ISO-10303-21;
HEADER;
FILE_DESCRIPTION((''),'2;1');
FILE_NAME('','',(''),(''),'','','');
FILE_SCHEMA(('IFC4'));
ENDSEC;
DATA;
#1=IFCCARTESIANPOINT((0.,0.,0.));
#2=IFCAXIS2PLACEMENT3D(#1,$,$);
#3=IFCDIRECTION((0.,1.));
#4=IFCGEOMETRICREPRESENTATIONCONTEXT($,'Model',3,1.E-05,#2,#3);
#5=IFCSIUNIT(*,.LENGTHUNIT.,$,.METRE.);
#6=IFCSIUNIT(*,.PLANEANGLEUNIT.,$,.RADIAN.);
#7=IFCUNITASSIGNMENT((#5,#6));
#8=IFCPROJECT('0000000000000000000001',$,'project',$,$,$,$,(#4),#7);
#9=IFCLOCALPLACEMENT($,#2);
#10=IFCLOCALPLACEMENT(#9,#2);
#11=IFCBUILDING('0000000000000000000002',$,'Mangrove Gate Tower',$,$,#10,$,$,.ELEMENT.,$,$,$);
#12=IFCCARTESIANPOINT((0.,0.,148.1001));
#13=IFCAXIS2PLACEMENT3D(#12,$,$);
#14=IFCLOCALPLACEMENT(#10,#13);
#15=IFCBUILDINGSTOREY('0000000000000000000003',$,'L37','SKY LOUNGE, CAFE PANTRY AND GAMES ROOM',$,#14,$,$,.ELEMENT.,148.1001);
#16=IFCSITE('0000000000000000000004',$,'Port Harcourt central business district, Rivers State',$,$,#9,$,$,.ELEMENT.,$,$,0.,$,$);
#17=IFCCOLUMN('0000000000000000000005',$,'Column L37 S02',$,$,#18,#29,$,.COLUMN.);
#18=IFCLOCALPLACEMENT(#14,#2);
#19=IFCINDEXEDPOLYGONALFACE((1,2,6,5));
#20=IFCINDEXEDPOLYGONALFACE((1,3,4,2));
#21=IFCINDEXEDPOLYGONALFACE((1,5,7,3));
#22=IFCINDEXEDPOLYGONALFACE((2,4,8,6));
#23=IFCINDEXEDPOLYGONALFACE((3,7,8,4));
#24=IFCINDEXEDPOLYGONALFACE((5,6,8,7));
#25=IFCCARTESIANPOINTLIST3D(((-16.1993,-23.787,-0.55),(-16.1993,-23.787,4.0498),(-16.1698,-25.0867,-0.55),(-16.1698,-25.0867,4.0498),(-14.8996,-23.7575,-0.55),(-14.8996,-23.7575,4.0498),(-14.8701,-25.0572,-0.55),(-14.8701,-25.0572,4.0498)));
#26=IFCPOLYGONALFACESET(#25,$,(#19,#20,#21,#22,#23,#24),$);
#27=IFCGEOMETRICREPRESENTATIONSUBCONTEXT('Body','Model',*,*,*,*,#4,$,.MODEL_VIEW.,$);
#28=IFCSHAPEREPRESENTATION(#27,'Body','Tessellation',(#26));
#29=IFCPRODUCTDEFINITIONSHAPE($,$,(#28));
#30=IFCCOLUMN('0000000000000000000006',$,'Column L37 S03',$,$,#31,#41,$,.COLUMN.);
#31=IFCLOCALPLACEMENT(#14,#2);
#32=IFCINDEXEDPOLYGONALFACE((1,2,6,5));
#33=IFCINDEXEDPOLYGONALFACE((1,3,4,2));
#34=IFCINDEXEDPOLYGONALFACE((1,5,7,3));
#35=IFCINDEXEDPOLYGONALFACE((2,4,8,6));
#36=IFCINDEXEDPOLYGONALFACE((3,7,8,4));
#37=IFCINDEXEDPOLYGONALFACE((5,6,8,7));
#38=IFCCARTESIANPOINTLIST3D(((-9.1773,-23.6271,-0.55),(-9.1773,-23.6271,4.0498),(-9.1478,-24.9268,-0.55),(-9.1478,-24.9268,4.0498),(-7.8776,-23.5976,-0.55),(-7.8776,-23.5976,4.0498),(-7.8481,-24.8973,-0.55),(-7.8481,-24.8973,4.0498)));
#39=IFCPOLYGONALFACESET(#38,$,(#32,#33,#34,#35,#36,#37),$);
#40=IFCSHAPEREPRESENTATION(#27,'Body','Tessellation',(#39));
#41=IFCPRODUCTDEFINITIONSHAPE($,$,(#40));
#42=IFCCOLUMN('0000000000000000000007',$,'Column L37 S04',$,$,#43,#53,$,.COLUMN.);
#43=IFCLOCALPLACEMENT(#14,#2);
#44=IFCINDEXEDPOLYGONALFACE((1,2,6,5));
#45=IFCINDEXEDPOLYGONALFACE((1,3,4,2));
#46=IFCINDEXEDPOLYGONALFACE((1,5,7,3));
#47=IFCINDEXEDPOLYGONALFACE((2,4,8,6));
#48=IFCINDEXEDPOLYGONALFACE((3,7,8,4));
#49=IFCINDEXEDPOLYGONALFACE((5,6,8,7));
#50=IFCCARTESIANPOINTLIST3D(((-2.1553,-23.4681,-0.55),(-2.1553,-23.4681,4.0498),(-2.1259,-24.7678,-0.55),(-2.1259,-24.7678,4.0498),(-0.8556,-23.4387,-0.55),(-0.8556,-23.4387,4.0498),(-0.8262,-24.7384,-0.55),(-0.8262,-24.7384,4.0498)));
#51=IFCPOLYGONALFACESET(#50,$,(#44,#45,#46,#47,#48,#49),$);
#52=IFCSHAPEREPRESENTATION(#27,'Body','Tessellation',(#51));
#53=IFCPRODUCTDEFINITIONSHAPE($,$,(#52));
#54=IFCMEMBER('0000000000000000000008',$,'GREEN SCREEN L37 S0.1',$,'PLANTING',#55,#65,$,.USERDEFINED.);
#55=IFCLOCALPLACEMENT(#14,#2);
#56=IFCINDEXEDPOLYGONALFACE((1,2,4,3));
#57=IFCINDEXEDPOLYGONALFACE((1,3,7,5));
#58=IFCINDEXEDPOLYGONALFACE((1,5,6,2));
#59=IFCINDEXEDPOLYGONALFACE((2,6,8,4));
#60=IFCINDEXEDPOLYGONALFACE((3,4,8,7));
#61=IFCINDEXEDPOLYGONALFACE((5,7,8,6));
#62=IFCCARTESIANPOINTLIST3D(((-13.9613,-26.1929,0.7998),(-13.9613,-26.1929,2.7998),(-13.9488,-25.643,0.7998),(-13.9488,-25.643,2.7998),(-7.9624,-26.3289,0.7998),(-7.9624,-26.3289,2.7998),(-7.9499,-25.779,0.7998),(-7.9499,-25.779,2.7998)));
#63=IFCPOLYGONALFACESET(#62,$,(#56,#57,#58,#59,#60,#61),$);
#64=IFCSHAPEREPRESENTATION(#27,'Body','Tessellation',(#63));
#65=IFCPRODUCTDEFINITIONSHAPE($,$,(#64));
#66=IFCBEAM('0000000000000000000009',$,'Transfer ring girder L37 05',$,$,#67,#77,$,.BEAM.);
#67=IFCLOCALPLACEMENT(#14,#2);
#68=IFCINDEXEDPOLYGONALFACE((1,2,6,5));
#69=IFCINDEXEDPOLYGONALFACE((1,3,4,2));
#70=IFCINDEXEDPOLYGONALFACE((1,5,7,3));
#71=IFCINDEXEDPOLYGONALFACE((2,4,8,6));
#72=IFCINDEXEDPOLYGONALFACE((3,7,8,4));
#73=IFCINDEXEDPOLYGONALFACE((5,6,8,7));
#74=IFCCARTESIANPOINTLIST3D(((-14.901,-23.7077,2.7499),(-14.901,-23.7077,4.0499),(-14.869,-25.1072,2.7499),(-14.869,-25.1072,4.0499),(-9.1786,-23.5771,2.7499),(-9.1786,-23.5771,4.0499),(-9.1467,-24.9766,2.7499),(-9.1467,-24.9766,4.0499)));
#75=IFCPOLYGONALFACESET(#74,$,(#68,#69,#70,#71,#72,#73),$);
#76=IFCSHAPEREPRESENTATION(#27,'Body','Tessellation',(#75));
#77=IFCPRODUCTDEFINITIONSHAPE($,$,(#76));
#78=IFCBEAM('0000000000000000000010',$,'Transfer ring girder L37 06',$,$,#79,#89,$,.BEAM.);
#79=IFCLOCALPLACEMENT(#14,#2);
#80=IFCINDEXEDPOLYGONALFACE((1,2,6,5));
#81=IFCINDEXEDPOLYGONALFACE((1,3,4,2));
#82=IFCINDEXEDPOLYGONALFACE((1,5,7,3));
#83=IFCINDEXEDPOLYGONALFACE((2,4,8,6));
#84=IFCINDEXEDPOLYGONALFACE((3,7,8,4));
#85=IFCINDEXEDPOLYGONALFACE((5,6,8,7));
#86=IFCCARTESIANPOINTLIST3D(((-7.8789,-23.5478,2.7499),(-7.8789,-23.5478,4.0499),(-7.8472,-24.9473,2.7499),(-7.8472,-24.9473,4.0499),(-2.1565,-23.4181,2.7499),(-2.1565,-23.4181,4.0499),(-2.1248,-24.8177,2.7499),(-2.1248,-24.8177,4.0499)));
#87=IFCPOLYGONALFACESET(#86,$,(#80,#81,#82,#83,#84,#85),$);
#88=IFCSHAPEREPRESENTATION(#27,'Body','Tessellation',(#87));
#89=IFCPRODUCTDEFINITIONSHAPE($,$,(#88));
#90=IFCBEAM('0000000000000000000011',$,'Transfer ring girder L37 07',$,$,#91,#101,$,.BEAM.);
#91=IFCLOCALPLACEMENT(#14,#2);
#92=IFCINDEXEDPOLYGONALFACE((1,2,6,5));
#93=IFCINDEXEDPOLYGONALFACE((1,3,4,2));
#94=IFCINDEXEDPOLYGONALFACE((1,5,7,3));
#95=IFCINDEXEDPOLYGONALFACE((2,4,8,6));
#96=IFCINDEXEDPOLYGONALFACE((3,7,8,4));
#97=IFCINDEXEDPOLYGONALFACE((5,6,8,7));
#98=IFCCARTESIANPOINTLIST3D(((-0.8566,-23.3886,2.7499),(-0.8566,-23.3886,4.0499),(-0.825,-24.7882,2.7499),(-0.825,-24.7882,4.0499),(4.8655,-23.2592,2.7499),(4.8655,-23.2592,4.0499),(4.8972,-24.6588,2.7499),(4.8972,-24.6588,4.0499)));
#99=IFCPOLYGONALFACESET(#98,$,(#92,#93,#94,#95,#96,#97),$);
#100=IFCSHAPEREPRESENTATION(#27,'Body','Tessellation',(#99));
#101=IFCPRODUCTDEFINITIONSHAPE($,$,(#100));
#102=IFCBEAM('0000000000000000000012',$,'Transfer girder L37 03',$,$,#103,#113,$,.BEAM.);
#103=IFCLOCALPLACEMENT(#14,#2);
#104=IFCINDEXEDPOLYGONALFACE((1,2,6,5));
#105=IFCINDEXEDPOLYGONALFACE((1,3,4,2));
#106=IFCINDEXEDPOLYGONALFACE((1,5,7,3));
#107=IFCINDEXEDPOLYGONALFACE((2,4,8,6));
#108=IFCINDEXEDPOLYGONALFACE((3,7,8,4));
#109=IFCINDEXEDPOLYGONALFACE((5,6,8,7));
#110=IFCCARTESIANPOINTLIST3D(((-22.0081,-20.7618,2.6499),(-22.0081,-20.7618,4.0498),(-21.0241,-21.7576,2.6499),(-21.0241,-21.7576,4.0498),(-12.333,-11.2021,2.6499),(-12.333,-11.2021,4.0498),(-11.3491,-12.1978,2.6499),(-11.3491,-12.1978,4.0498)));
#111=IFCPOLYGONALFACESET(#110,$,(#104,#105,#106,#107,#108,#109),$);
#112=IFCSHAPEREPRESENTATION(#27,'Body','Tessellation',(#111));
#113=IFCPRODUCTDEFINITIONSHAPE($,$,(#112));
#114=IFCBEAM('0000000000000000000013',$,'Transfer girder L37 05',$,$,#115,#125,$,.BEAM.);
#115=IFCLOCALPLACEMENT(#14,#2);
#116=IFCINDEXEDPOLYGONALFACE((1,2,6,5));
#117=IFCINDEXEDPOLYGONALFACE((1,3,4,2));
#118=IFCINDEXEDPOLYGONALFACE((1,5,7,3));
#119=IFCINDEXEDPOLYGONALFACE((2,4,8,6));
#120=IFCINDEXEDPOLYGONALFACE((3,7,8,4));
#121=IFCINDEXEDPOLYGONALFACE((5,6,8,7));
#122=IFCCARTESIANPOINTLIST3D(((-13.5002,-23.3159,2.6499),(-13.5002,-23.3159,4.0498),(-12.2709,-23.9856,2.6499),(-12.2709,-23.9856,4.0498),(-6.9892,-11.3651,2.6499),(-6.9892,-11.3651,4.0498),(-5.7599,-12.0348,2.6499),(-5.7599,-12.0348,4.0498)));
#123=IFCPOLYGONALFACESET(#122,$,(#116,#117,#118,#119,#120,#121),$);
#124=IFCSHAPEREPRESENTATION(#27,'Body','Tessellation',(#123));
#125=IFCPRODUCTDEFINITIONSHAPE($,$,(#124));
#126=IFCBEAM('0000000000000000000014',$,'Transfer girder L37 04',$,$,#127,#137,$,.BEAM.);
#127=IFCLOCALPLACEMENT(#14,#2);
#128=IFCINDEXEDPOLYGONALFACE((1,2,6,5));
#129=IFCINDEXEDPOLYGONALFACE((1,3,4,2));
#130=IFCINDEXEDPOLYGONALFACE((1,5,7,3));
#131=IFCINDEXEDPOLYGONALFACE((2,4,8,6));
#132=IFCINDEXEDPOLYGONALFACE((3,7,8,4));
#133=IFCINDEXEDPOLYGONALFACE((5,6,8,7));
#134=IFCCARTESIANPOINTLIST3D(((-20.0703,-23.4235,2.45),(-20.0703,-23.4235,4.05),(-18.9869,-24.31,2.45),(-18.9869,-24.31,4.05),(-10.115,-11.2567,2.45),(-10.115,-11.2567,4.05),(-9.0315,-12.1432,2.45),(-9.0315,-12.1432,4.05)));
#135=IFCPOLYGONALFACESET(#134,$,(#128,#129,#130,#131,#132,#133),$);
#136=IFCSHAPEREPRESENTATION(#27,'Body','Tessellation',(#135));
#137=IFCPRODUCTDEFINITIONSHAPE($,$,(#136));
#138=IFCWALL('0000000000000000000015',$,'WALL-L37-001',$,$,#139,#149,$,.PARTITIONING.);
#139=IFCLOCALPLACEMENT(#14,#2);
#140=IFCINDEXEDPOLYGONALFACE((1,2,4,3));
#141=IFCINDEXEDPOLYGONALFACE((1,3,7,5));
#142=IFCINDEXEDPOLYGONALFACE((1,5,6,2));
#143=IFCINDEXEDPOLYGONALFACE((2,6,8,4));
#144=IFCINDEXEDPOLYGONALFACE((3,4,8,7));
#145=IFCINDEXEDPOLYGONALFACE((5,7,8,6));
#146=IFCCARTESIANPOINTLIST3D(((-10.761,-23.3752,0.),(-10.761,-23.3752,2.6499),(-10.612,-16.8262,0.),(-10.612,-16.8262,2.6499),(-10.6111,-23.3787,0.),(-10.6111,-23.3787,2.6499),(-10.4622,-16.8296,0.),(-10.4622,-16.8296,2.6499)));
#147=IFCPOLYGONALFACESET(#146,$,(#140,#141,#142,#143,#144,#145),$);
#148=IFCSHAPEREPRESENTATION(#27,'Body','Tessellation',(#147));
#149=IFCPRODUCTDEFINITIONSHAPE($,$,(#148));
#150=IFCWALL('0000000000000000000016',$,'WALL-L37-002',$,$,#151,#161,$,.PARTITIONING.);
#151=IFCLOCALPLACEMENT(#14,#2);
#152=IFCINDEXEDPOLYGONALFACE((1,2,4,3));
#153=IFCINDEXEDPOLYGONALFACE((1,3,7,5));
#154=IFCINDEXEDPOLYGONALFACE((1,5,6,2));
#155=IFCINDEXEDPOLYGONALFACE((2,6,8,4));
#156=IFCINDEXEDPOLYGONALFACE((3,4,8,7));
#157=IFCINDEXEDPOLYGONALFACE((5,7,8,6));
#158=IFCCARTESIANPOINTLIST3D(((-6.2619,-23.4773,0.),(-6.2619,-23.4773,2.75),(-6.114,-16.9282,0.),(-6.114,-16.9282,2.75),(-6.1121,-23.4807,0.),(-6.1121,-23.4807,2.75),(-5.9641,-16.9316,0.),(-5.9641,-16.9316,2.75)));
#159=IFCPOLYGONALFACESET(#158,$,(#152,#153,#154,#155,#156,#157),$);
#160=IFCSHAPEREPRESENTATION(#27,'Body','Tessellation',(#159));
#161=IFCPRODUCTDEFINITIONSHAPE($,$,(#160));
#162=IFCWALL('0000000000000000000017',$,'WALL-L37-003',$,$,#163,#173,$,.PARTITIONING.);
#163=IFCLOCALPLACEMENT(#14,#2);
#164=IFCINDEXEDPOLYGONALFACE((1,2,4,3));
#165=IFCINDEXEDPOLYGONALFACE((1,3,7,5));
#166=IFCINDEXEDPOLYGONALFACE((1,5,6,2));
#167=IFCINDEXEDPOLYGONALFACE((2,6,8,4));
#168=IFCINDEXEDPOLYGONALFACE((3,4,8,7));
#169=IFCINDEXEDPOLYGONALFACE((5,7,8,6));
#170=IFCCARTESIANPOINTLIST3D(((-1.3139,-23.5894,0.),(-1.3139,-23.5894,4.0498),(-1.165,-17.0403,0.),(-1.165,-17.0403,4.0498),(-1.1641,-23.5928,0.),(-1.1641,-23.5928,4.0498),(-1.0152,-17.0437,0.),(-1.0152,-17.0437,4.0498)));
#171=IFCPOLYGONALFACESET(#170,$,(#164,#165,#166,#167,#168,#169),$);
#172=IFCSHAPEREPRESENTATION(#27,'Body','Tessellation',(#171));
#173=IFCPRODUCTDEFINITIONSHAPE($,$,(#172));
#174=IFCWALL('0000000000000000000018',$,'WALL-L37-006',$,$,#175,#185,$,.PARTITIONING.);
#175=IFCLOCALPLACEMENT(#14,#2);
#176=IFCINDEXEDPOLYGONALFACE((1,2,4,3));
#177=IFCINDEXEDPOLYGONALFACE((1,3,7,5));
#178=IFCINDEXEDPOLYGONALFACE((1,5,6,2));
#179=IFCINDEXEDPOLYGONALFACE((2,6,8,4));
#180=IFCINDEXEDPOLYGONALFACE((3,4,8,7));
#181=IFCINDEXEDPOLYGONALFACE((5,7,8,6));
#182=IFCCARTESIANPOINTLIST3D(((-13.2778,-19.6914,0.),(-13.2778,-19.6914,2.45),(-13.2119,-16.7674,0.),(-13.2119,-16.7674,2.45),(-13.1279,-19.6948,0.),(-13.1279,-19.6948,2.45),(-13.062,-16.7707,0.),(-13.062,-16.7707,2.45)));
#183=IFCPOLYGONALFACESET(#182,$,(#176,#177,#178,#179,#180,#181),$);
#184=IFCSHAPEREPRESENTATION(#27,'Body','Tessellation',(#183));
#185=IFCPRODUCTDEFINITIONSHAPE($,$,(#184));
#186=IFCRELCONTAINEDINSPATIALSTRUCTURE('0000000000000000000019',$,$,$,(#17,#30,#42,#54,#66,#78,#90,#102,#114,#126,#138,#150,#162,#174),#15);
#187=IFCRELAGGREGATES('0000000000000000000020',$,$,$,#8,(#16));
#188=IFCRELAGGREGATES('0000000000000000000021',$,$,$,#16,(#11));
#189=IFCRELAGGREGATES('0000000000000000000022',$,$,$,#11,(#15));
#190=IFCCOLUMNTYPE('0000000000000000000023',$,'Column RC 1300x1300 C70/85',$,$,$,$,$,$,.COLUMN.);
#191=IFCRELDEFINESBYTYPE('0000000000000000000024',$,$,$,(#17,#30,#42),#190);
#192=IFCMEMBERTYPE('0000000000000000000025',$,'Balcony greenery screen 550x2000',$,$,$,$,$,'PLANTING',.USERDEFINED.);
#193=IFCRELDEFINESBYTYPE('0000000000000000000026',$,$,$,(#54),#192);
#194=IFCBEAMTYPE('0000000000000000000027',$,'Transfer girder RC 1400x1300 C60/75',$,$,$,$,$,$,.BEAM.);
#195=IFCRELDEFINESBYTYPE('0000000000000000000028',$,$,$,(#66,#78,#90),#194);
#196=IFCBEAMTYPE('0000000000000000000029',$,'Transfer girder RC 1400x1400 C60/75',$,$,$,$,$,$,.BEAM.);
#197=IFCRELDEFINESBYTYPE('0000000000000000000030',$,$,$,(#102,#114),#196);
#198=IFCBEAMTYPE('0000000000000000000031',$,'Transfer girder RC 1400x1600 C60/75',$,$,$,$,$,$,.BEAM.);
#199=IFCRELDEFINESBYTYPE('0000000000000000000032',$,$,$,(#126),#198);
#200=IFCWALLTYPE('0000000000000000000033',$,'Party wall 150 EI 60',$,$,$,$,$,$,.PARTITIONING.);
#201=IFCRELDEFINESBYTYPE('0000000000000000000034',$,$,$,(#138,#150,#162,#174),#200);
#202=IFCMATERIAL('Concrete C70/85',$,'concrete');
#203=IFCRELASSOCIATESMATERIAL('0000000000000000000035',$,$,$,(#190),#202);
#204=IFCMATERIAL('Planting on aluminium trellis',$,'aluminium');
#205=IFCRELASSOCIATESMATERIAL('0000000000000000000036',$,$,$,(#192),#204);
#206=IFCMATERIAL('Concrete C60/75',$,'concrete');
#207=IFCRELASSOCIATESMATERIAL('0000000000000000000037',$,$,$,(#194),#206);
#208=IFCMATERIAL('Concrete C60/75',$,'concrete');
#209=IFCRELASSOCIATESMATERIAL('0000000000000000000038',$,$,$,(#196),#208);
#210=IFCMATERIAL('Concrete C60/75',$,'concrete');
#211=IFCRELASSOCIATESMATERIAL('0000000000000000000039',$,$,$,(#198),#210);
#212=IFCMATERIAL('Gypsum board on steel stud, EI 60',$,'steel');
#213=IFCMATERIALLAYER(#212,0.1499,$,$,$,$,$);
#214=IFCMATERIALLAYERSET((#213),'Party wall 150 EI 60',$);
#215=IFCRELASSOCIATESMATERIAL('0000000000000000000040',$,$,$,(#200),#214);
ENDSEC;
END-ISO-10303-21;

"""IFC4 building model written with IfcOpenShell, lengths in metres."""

from ifc_helpers import new_model, si_unit, direction, frame, frame_2d, origin, origin_2d, place, context, subcontext, project, spatial, rectangle, extrude, material, layer, layer_set, material_profile, profile_set, type_object, element, save


model = new_model("IFC4")

# Units and contexts
model_context = context("Model", 3, precision=1e-05, world=origin(), true_north=direction((0.0, 1.0)))
body_context = subcontext(model_context, "Body", "Model", "MODEL_VIEW")
ifc_project = project(units=[si_unit("LENGTHUNIT", "METRE"), si_unit("PLANEANGLEUNIT", "RADIAN")], contexts=[model_context])

# Site, building, storey
site_placement = place(None, origin())
site = spatial("IfcSite", under=ifc_project, at=site_placement, Name="Port Harcourt central business district, Rivers State", CompositionType="ELEMENT", RefElevation=0.0)
building_placement = place(site_placement, origin())
building = spatial("IfcBuilding", under=site, at=building_placement, Name="Mangrove Gate Tower", CompositionType="ELEMENT")
storey_placement = place(building_placement, frame((0.0, 0.0, 148.1001)))
storey = spatial("IfcBuildingStorey", under=building, at=storey_placement, Name="L37", Description="SKY LOUNGE, CAFE PANTRY AND GAMES ROOM", CompositionType="ELEMENT", Elevation=148.1001)

# Columns
ifc_material_1 = material(Name="Concrete C70/85", Category="concrete")
ifc_material_profile_1 = material_profile(ifc_material_1, rectangle(XDim=1.3, YDim=1.3, at=origin_2d()))
ifc_profile_set_1 = profile_set([ifc_material_profile_1], Name="Concrete C70/85")
column_type = type_object("IfcColumnType", Name="Column RC 1300x1300 C70/85", PredefinedType="COLUMN", material=ifc_profile_set_1)
for number, where, z_axis, x_axis, name in (
    (1, (-15.5347, -24.4221, -0.55), (0.0, 0.0, 1.0), (0.999742, 0.022708, 0.0), "Column L37 S02"),
    (2, (-8.5127, -24.2622, -0.55), (0.0, 0.0, 1.0), (0.999742, 0.022708, 0.0), "Column L37 S03"),
    (3, (-1.4907, -24.1033, -0.55), (0.0, 0.0, 1.0), (0.999744, 0.022637, 0.0), "Column L37 S04"),
):
    element("IfcColumn", number, at=place(storey_placement, frame(where, z_axis=z_axis, x_axis=x_axis)), inside=storey, type_object=column_type, Name=name, PredefinedType="COLUMN", context=body_context, shape_type="SweptSolid", body=[
        extrude(rectangle(XDim=1.3, YDim=1.3, at=origin_2d()), origin(), (0.0, 0.0, 1.0), 4.5999),
    ])

# Member
ifc_material_2 = material(Name="Planting on aluminium trellis", Category="aluminium")
ifc_material_profile_2 = material_profile(ifc_material_2, rectangle(XDim=0.55, YDim=2.0, at=origin_2d()))
ifc_profile_set_2 = profile_set([ifc_material_profile_2], Name="Planting on aluminium trellis")
member_type = type_object("IfcMemberType", Name="Balcony greenery screen 550x2000", ElementType="PLANTING", PredefinedType="USERDEFINED", material=ifc_profile_set_2)
member_placement = place(storey_placement, frame((-13.9551, -25.918, 1.7998), z_axis=(0.999743, -0.022662, 0.0), x_axis=(0.022662, 0.999743, 0.0)))
element("IfcMember", 4, at=member_placement, inside=storey, type_object=member_type, Name="GREEN SCREEN L37 S0.1", ObjectType="PLANTING", PredefinedType="USERDEFINED", context=body_context, shape_type="SweptSolid", body=[
    extrude(rectangle(XDim=0.55, YDim=2.0, at=origin_2d()), origin(), (0.0, 0.0, 1.0), 6.0005),
])

# Beams
ifc_material_3 = material(Name="Concrete C60/75", Category="concrete")
ifc_material_profile_3 = material_profile(ifc_material_3, rectangle(XDim=1.3999, YDim=1.3, at=origin_2d()))
ifc_profile_set_3 = profile_set([ifc_material_profile_3], Name="Concrete C60/75")
beam_type_1 = type_object("IfcBeamType", Name="Transfer girder RC 1400x1300 C60/75", PredefinedType="BEAM", material=ifc_profile_set_3)
for number, where, z_axis, x_axis, name in (
    (5, (-14.885, -24.4075, 3.3999), (0.99974, 0.022819, 0.0), (-0.022819, 0.99974, 0.0), "Transfer ring girder L37 05"),
    (6, (-7.863, -24.2476, 3.3999), (0.999743, 0.022649, 0.0), (-0.022649, 0.999743, 0.0), "Transfer ring girder L37 06"),
):
    element("IfcBeam", number, at=place(storey_placement, frame(where, z_axis=z_axis, x_axis=x_axis)), inside=storey, type_object=beam_type_1, Name=name, PredefinedType="BEAM", context=body_context, shape_type="SweptSolid", body=[
        extrude(rectangle(XDim=1.3999, YDim=1.3, at=origin_2d()), origin(), (0.0, 0.0, 1.0), 5.7239),
    ])
beam_1_placement = place(storey_placement, frame((-0.8408, -24.0884, 3.3999), z_axis=(0.999744, 0.022607, 0.0), x_axis=(-0.022607, 0.999744, 0.0)))
element("IfcBeam", 7, at=beam_1_placement, inside=storey, type_object=beam_type_1, Name="Transfer ring girder L37 07", PredefinedType="BEAM", context=body_context, shape_type="SweptSolid", body=[
    extrude(rectangle(XDim=1.3999, YDim=1.3, at=origin_2d()), origin(), (0.0, 0.0, 1.0), 5.7236),
])
ifc_material_4 = material(Name="Concrete C60/75", Category="concrete")
ifc_material_profile_4 = material_profile(ifc_material_4, rectangle(XDim=1.3999, YDim=1.3999, at=origin_2d()))
ifc_profile_set_4 = profile_set([ifc_material_profile_4], Name="Concrete C60/75")
beam_type_2 = type_object("IfcBeamType", Name="Transfer girder RC 1400x1400 C60/75", PredefinedType="BEAM", material=ifc_profile_set_4)
beam_2_placement = place(storey_placement, frame((-11.8411, -11.7, 3.3499), z_axis=(-0.71133, -0.702858, 0.0), x_axis=(0.702858, -0.71133, 0.0)))
element("IfcBeam", 8, at=beam_2_placement, inside=storey, type_object=beam_type_2, Name="Transfer girder L37 03", PredefinedType="BEAM", context=body_context, shape_type="SweptSolid", body=[
    extrude(rectangle(XDim=1.3999, YDim=1.3999, at=origin_2d()), origin(), (0.0, 0.0, 1.0), 13.6013),
])
beam_3_placement = place(storey_placement, frame((-6.3745, -11.7, 3.3499), z_axis=(-0.478423, -0.878129, 0.0), x_axis=(0.878129, -0.478423, 0.0)))
element("IfcBeam", 9, at=beam_3_placement, inside=storey, type_object=beam_type_2, Name="Transfer girder L37 05", PredefinedType="BEAM", context=body_context, shape_type="SweptSolid", body=[
    extrude(rectangle(XDim=1.3999, YDim=1.3999, at=origin_2d()), origin(), (0.0, 0.0, 1.0), 13.6094),
])
ifc_material_5 = material(Name="Concrete C60/75", Category="concrete")
ifc_material_profile_5 = material_profile(ifc_material_5, rectangle(XDim=1.3999, YDim=1.6001, at=origin_2d()))
ifc_profile_set_5 = profile_set([ifc_material_profile_5], Name="Concrete C60/75")
beam_type_3 = type_object("IfcBeamType", Name="Transfer girder RC 1400x1600 C60/75", PredefinedType="BEAM", material=ifc_profile_set_5)
beam_4_placement = place(storey_placement, frame((-9.5732, -11.7, 3.25), z_axis=(-0.633265, -0.773935, 0.0), x_axis=(0.773935, -0.633265, 0.0)))
element("IfcBeam", 10, at=beam_4_placement, inside=storey, type_object=beam_type_3, Name="Transfer girder L37 04", PredefinedType="BEAM", context=body_context, shape_type="SweptSolid", body=[
    extrude(rectangle(XDim=1.3999, YDim=1.6001, at=origin_2d()), origin(), (0.0, 0.0, 1.0), 15.7207),
])

# Walls
ifc_material_6 = material(Name="Gypsum board on steel stud, EI 60", Category="steel")
ifc_layer_1 = layer(ifc_material_6, 0.1499)
ifc_layer_set_1 = layer_set([ifc_layer_1], Name="Party wall 150 EI 60")
wall_type_1 = type_object("IfcWallType", Name="Party wall 150 EI 60", PredefinedType="PARTITIONING", material=ifc_layer_set_1)
wall_1_placement = place(storey_placement, frame((-10.686, -23.377, 0.0), z_axis=(0.0, 0.0, 1.0), x_axis=(0.022734, 0.999742, 0.0)))
element("IfcWall", 11, at=wall_1_placement, inside=storey, type_object=wall_type_1, Name="WALL-L37-001", PredefinedType="PARTITIONING", context=body_context, shape_type="SweptSolid", body=[
    extrude(rectangle(XDim=6.5508, YDim=0.1499, at=frame_2d((3.2754, 0.0))), origin(), (0.0, 0.0, 1.0), 2.6499),
])
wall_2_placement = place(storey_placement, frame((-6.187, -23.479, 0.0), z_axis=(0.0, 0.0, 1.0), x_axis=(0.022585, 0.999745, 0.0)))
element("IfcWall", 12, at=wall_2_placement, inside=storey, type_object=wall_type_1, Name="WALL-L37-002", PredefinedType="PARTITIONING", context=body_context, shape_type="SweptSolid", body=[
    extrude(rectangle(XDim=6.5508, YDim=0.1499, at=frame_2d((3.2754, 0.0))), origin(), (0.0, 0.0, 1.0), 2.75),
])
wall_3_placement = place(storey_placement, frame((-1.239, -23.5911, 0.0), z_axis=(0.0, 0.0, 1.0), x_axis=(0.022734, 0.999742, 0.0)))
element("IfcWall", 13, at=wall_3_placement, inside=storey, type_object=wall_type_1, Name="WALL-L37-003", PredefinedType="PARTITIONING", context=body_context, shape_type="SweptSolid", body=[
    extrude(rectangle(XDim=6.5508, YDim=0.1499, at=frame_2d((3.2754, 0.0))), origin(), (0.0, 0.0, 1.0), 4.0498),
])
wall_4_placement = place(storey_placement, frame((-13.2029, -19.6931, 0.0), z_axis=(0.0, 0.0, 1.0), x_axis=(0.022537, 0.999746, 0.0)))
element("IfcWall", 14, at=wall_4_placement, inside=storey, type_object=wall_type_1, Name="WALL-L37-006", PredefinedType="PARTITIONING", context=body_context, shape_type="SweptSolid", body=[
    extrude(rectangle(XDim=2.9248, YDim=0.1499, at=frame_2d((1.4624, 0.0))), origin(), (0.0, 0.0, 1.0), 2.45),
])

save(model, "model.ifc")
